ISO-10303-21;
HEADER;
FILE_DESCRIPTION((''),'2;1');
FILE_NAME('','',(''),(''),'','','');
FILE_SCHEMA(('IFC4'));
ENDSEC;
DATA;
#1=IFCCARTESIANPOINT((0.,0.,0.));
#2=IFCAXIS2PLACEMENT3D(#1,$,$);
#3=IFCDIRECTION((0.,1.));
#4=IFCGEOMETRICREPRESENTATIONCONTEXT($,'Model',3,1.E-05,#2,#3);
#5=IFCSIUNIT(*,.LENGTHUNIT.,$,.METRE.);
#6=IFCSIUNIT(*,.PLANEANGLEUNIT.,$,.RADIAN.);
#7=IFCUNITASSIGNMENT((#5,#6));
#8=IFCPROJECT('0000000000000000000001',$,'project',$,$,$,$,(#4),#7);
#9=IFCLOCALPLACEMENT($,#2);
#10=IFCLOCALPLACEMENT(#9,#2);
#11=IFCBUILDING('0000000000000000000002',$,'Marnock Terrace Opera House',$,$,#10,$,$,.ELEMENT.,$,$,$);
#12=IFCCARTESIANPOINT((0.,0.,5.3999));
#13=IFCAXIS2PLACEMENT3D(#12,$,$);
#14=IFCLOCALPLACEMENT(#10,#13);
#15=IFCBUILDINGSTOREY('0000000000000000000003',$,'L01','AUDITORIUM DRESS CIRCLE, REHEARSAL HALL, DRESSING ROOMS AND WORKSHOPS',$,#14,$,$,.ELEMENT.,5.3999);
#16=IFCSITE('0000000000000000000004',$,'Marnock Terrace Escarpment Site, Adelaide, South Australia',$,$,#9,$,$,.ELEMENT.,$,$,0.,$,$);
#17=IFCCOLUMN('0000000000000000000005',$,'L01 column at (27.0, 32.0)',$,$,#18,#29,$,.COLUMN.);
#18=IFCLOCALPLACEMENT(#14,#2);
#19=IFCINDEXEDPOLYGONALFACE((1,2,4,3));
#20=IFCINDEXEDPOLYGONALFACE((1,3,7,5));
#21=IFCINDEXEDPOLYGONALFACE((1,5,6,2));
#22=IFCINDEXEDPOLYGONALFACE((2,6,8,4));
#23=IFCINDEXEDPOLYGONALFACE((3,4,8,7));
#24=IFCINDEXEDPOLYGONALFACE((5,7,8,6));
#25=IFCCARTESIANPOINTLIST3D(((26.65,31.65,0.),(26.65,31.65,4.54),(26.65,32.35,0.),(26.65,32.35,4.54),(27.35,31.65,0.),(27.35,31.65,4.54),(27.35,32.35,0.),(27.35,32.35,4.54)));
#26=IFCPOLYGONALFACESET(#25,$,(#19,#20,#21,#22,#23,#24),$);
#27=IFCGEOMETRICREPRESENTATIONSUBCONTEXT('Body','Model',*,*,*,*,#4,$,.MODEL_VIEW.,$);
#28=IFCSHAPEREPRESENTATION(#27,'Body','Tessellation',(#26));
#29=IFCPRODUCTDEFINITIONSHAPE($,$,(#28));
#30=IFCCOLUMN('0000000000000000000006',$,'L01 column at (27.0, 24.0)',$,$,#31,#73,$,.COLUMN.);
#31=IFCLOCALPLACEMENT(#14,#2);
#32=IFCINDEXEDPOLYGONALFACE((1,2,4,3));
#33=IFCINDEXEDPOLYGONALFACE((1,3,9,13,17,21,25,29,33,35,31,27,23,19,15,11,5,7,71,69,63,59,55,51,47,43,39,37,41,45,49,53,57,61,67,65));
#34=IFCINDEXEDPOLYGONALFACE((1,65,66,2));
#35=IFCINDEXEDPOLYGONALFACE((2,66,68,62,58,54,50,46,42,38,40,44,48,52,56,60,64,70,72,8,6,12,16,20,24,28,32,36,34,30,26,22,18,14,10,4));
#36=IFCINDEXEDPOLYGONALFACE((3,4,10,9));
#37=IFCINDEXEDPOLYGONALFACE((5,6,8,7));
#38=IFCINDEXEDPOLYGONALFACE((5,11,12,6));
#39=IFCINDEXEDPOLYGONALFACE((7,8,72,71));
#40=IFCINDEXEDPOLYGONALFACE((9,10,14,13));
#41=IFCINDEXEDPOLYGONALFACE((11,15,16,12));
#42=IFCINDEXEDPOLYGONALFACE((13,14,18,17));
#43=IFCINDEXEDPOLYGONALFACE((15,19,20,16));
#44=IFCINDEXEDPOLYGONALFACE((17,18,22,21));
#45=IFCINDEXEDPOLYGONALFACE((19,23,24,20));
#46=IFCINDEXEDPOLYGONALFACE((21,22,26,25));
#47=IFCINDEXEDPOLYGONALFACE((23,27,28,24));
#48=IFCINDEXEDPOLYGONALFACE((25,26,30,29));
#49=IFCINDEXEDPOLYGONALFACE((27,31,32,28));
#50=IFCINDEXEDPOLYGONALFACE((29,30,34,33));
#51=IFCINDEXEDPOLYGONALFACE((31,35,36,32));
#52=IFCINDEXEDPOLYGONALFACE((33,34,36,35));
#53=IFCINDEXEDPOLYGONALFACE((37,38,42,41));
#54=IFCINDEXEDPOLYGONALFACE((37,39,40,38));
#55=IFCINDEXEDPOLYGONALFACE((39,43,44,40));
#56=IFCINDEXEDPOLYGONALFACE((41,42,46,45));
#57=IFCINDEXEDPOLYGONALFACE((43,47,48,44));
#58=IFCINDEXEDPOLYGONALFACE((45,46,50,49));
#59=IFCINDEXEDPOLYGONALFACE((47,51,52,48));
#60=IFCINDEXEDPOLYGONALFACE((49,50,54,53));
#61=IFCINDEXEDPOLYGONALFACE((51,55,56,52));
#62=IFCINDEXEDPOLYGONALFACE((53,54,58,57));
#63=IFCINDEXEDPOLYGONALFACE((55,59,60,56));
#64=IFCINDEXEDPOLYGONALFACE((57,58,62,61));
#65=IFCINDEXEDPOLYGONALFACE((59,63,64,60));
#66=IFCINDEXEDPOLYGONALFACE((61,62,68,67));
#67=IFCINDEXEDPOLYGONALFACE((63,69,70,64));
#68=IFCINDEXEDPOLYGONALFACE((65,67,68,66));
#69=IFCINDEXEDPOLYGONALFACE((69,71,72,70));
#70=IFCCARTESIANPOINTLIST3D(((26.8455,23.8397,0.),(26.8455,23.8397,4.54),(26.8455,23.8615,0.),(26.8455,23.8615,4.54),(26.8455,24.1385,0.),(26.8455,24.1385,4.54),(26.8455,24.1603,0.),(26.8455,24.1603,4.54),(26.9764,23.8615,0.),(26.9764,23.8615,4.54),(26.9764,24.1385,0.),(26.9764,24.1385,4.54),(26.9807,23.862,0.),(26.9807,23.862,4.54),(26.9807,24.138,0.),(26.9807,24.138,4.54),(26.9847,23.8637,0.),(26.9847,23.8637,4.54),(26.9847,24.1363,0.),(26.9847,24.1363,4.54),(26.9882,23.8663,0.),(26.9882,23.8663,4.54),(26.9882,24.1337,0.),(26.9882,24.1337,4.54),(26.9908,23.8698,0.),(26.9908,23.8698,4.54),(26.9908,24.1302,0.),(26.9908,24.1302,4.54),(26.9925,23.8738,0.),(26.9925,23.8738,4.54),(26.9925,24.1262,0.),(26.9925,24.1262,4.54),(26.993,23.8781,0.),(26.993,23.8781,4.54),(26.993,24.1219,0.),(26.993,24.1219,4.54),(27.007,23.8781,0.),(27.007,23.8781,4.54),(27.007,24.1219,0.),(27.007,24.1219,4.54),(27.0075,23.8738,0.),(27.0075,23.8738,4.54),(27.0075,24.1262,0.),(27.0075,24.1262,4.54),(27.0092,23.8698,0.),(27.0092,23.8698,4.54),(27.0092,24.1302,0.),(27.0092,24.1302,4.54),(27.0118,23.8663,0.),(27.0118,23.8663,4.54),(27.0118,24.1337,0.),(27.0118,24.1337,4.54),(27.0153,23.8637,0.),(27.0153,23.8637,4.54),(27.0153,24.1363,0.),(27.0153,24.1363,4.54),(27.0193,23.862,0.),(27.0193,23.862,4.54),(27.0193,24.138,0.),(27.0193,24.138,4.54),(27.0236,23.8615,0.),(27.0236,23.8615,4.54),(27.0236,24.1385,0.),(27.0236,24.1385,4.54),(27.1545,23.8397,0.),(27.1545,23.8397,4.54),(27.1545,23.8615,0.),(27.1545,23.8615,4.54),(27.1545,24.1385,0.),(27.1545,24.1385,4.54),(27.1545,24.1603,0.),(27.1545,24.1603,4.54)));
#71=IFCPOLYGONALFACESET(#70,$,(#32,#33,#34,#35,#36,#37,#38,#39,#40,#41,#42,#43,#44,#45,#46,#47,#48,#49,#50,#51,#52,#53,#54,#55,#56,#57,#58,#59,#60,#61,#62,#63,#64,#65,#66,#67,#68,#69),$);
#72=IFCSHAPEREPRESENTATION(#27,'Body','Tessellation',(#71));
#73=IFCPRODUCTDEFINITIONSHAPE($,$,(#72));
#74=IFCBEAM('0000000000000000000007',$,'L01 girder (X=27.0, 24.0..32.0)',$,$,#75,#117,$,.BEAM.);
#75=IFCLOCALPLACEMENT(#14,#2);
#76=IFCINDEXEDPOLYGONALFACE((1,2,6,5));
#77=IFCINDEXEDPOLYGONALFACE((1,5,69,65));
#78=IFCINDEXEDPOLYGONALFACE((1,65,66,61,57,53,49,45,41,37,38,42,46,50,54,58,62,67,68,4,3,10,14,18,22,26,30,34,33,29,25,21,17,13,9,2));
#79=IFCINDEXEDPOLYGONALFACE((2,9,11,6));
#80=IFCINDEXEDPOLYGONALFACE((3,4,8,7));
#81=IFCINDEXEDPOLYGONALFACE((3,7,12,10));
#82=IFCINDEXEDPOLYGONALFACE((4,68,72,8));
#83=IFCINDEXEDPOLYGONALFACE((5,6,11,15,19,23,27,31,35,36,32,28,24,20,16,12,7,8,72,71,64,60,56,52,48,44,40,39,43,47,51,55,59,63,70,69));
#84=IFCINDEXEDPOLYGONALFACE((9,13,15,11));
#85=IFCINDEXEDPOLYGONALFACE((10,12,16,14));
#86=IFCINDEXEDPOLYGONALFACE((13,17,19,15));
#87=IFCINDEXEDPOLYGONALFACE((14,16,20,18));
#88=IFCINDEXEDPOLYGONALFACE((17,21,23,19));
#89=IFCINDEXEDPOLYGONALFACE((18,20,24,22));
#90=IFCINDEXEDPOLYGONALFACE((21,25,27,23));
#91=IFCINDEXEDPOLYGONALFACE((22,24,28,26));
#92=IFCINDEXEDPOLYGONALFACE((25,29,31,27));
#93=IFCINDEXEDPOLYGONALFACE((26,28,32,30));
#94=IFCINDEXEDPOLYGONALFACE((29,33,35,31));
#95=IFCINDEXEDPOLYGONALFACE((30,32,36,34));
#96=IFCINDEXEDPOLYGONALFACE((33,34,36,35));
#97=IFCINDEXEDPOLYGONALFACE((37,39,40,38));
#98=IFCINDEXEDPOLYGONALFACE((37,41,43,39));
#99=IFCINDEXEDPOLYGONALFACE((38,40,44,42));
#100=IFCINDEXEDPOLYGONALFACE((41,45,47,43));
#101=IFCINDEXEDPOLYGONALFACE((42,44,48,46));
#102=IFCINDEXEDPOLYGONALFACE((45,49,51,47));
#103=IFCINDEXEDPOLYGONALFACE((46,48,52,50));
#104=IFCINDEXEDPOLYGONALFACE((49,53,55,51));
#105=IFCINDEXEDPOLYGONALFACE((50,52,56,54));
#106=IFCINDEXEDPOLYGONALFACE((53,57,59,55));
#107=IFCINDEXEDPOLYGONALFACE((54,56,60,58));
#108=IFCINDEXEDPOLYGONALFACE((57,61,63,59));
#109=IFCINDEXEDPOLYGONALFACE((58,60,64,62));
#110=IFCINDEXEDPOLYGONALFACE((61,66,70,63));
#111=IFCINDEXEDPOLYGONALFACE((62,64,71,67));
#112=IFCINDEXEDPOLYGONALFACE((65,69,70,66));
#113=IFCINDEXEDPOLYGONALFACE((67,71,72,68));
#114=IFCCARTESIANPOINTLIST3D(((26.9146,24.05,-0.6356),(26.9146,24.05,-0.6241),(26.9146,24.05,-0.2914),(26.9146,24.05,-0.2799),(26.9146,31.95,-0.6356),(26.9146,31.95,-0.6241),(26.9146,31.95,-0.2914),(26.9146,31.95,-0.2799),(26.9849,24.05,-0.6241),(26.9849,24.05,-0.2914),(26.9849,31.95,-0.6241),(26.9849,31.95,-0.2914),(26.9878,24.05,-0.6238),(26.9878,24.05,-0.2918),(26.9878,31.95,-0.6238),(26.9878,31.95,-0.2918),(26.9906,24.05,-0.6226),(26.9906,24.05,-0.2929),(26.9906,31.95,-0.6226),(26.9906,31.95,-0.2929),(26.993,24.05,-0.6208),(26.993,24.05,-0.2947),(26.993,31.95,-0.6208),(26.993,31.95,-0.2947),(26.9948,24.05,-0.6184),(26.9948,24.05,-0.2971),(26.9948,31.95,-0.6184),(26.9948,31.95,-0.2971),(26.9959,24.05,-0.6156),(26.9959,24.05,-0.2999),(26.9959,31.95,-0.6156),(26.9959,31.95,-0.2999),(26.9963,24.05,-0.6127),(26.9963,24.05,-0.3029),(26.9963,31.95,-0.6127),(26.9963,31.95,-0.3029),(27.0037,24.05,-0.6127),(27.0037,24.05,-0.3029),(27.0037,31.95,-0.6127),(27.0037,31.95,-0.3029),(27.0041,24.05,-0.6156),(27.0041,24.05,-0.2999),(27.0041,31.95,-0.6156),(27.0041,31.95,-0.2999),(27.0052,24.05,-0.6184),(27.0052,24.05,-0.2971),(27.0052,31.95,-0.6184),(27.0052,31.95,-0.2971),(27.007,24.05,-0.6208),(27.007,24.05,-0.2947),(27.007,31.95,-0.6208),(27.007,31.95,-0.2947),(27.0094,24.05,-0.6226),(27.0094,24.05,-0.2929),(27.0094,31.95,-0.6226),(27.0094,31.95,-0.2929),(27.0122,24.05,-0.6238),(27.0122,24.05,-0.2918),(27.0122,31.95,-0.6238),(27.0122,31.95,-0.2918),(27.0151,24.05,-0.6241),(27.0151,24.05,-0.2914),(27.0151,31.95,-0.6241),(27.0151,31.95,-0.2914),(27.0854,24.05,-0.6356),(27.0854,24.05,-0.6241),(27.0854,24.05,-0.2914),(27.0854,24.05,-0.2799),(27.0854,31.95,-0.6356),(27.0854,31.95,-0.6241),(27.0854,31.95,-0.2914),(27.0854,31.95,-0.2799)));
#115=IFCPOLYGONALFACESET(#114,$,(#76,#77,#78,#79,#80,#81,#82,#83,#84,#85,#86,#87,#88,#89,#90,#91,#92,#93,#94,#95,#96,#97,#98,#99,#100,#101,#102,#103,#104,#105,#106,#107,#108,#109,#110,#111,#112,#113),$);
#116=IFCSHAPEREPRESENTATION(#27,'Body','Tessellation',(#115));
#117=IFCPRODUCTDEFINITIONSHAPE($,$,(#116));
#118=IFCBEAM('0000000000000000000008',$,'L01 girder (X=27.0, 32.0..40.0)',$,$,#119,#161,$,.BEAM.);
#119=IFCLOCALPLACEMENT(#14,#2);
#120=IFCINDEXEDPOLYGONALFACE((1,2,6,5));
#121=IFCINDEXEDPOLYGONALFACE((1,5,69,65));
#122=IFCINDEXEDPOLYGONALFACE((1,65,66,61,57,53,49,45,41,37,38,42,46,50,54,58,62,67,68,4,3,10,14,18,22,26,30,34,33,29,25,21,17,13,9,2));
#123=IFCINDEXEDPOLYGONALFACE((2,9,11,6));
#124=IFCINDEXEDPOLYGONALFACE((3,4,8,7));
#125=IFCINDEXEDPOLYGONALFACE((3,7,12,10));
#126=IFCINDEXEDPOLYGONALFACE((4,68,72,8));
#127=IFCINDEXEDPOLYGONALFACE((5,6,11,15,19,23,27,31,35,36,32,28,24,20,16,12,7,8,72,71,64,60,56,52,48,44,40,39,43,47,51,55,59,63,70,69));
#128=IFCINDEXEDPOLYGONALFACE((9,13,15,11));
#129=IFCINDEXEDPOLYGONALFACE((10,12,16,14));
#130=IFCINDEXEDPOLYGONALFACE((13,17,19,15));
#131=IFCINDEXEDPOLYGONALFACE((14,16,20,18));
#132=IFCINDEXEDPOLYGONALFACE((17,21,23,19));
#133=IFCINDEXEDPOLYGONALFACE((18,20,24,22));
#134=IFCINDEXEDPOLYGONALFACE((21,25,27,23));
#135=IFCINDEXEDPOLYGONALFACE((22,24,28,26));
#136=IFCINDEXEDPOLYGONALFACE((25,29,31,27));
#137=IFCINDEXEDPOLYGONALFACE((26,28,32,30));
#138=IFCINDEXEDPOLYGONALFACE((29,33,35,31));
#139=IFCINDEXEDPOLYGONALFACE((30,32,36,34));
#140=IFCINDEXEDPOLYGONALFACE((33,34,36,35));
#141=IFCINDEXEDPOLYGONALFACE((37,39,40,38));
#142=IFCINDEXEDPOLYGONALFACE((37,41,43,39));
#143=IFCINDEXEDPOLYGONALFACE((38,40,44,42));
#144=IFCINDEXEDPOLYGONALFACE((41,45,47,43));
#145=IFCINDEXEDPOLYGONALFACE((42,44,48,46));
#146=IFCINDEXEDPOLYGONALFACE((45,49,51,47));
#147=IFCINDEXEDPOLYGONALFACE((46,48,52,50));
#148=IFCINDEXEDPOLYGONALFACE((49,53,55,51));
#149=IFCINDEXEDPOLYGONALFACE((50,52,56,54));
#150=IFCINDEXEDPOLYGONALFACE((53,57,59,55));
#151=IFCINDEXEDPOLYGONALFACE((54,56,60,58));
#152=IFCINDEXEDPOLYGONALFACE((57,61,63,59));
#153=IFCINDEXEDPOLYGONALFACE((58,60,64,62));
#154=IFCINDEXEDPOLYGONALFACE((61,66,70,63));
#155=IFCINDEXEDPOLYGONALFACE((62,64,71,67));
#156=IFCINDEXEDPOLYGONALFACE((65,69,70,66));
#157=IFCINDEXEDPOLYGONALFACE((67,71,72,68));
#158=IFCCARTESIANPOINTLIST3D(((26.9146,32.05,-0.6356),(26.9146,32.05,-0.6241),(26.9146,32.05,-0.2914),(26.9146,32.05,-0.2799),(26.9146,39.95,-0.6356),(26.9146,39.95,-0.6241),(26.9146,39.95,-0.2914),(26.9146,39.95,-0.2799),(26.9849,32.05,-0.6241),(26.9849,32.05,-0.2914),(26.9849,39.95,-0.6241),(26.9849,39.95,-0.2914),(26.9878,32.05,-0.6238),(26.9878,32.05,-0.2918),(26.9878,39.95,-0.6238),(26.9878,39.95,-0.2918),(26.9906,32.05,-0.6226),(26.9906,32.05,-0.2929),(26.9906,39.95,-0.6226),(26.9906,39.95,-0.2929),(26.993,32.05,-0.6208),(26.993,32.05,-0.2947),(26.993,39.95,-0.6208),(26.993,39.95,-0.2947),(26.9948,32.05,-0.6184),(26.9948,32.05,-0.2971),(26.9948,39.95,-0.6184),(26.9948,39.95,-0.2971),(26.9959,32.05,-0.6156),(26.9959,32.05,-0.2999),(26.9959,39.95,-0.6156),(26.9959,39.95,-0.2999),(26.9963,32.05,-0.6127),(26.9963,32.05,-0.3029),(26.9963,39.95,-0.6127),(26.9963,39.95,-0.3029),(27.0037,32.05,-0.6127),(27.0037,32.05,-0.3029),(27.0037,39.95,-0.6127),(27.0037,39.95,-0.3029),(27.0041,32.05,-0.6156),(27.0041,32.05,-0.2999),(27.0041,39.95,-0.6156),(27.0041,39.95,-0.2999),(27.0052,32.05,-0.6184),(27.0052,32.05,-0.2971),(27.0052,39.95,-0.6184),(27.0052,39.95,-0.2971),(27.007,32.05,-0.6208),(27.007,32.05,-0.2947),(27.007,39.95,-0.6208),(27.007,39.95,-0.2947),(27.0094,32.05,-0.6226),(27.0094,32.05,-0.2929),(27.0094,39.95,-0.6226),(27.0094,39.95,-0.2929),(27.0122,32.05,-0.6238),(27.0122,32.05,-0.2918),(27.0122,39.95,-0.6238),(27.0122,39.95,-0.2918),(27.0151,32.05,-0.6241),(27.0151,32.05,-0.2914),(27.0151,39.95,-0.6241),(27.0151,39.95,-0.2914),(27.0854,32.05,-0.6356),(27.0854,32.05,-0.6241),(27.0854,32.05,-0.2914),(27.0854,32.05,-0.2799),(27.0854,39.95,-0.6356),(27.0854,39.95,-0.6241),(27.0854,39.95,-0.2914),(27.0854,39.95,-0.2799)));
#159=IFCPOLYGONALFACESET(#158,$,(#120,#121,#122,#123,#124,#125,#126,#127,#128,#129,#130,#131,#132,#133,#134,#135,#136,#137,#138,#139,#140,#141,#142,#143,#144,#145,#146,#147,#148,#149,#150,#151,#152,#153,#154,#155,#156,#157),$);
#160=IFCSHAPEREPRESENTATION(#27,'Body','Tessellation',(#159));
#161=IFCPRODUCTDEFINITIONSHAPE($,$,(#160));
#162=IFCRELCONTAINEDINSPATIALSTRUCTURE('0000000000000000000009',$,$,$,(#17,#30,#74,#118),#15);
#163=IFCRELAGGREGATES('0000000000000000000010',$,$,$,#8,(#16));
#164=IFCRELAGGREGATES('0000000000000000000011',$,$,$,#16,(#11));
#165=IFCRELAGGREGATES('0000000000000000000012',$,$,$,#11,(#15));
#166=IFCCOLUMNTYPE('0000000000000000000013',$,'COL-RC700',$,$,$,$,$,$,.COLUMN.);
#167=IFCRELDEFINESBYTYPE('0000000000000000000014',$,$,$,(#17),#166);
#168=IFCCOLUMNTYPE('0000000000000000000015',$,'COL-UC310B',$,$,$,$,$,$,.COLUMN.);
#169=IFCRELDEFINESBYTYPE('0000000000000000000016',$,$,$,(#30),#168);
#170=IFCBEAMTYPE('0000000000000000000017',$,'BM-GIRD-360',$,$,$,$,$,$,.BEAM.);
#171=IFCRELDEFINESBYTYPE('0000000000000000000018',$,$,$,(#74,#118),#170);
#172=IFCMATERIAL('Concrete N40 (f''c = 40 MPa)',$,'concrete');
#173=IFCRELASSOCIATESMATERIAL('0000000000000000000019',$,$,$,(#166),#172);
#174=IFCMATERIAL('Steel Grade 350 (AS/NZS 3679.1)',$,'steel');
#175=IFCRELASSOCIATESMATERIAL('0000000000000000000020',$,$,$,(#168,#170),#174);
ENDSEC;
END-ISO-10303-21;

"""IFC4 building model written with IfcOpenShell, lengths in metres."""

from ifc_helpers import new_model, si_unit, direction, frame, origin, origin_2d, place, context, subcontext, project, spatial, rectangle, i_section, extrude, material, material_profile, profile_set, type_object, element, save


model = new_model("IFC4")

# Units and contexts
model_context = context("Model", 3, precision=1e-05, world=origin(), true_north=direction((0.0, 1.0)))
body_context = subcontext(model_context, "Body", "Model", "MODEL_VIEW")
ifc_project = project(units=[si_unit("LENGTHUNIT", "METRE"), si_unit("PLANEANGLEUNIT", "RADIAN")], contexts=[model_context])

# Site, building, storey
site_placement = place(None, origin())
site = spatial("IfcSite", under=ifc_project, at=site_placement, Name="Marnock Terrace Escarpment Site, Adelaide, South Australia", CompositionType="ELEMENT", RefElevation=0.0)
building_placement = place(site_placement, origin())
building = spatial("IfcBuilding", under=site, at=building_placement, Name="Marnock Terrace Opera House", CompositionType="ELEMENT")
storey_placement = place(building_placement, frame((0.0, 0.0, 5.3999)))
storey = spatial("IfcBuildingStorey", under=building, at=storey_placement, Name="L01", Description="AUDITORIUM DRESS CIRCLE, REHEARSAL HALL, DRESSING ROOMS AND WORKSHOPS", CompositionType="ELEMENT", Elevation=5.3999)

# Columns
ifc_material_1 = material(Name="Concrete N40 (f'c = 40 MPa)", Category="concrete")
ifc_material_profile_1 = material_profile(ifc_material_1, rectangle(XDim=0.7, YDim=0.7, at=origin_2d()))
ifc_profile_set_1 = profile_set([ifc_material_profile_1], Name="Concrete N40 (f'c = 40 MPa)")
column_type_1 = type_object("IfcColumnType", Name="COL-RC700", PredefinedType="COLUMN", material=ifc_profile_set_1)
column_1_placement = place(storey_placement, frame((27.0, 32.0, 0.0), z_axis=(0.0, 0.0, 1.0), x_axis=(1.0, 0.0, 0.0)))
element("IfcColumn", 1, at=column_1_placement, inside=storey, type_object=column_type_1, Name="L01 column at (27.0, 32.0)", PredefinedType="COLUMN", context=body_context, shape_type="SweptSolid", body=[
    extrude(rectangle(XDim=0.7, YDim=0.7, at=origin_2d()), origin(), (0.0, 0.0, 1.0), 4.54),
])
ifc_material_2 = material(Name="Steel Grade 350 (AS/NZS 3679.1)", Category="steel")
ifc_material_profile_2 = material_profile(ifc_material_2, i_section(OverallWidth=0.3091, OverallDepth=0.3206, WebThickness=0.0139, FlangeThickness=0.0217, FilletRadius=0.0166, at=origin_2d()))
ifc_profile_set_2 = profile_set([ifc_material_profile_2], Name="Steel Grade 350 (AS/NZS 3679.1)")
column_type_2 = type_object("IfcColumnType", Name="COL-UC310B", PredefinedType="COLUMN", material=ifc_profile_set_2)
column_2_placement = place(storey_placement, frame((27.0, 24.0, 0.0), z_axis=(0.0, 0.0, 1.0), x_axis=(1.0, 0.0, 0.0)))
element("IfcColumn", 2, at=column_2_placement, inside=storey, type_object=column_type_2, Name="L01 column at (27.0, 24.0)", PredefinedType="COLUMN", context=body_context, shape_type="SweptSolid", body=[
    extrude(i_section(OverallWidth=0.3091, OverallDepth=0.3206, WebThickness=0.0139, FlangeThickness=0.0217, FilletRadius=0.0166, at=origin_2d()), origin(), (0.0, 0.0, 1.0), 4.54),
])

# Beams
ifc_material_profile_3 = material_profile(ifc_material_2, i_section(OverallWidth=0.1709, OverallDepth=0.3557, WebThickness=0.0073, FlangeThickness=0.0115, FilletRadius=0.0115, at=origin_2d()))
ifc_profile_set_3 = profile_set([ifc_material_profile_3], Name="Steel Grade 350 (AS/NZS 3679.1)")
beam_type_1 = type_object("IfcBeamType", Name="BM-GIRD-360", PredefinedType="BEAM", material=ifc_profile_set_3)
for number, where, z_axis, x_axis, name in (
    (3, (27.0, 24.05, -0.4578), (0.0, 1.0, 0.0), (-1.0, 0.0, 0.0), "L01 girder (X=27.0, 24.0..32.0)"),
    (4, (27.0, 32.05, -0.4578), (0.0, 1.0, 0.0), (-1.0, 0.0, 0.0), "L01 girder (X=27.0, 32.0..40.0)"),
):
    element("IfcBeam", number, at=place(storey_placement, frame(where, z_axis=z_axis, x_axis=x_axis)), inside=storey, type_object=beam_type_1, Name=name, PredefinedType="BEAM", context=body_context, shape_type="SweptSolid", body=[
        extrude(i_section(OverallWidth=0.1709, OverallDepth=0.3557, WebThickness=0.0073, FlangeThickness=0.0115, FilletRadius=0.0115, at=origin_2d()), origin(), (0.0, 0.0, 1.0), 7.8999),
    ])

save(model, "model.ifc")
